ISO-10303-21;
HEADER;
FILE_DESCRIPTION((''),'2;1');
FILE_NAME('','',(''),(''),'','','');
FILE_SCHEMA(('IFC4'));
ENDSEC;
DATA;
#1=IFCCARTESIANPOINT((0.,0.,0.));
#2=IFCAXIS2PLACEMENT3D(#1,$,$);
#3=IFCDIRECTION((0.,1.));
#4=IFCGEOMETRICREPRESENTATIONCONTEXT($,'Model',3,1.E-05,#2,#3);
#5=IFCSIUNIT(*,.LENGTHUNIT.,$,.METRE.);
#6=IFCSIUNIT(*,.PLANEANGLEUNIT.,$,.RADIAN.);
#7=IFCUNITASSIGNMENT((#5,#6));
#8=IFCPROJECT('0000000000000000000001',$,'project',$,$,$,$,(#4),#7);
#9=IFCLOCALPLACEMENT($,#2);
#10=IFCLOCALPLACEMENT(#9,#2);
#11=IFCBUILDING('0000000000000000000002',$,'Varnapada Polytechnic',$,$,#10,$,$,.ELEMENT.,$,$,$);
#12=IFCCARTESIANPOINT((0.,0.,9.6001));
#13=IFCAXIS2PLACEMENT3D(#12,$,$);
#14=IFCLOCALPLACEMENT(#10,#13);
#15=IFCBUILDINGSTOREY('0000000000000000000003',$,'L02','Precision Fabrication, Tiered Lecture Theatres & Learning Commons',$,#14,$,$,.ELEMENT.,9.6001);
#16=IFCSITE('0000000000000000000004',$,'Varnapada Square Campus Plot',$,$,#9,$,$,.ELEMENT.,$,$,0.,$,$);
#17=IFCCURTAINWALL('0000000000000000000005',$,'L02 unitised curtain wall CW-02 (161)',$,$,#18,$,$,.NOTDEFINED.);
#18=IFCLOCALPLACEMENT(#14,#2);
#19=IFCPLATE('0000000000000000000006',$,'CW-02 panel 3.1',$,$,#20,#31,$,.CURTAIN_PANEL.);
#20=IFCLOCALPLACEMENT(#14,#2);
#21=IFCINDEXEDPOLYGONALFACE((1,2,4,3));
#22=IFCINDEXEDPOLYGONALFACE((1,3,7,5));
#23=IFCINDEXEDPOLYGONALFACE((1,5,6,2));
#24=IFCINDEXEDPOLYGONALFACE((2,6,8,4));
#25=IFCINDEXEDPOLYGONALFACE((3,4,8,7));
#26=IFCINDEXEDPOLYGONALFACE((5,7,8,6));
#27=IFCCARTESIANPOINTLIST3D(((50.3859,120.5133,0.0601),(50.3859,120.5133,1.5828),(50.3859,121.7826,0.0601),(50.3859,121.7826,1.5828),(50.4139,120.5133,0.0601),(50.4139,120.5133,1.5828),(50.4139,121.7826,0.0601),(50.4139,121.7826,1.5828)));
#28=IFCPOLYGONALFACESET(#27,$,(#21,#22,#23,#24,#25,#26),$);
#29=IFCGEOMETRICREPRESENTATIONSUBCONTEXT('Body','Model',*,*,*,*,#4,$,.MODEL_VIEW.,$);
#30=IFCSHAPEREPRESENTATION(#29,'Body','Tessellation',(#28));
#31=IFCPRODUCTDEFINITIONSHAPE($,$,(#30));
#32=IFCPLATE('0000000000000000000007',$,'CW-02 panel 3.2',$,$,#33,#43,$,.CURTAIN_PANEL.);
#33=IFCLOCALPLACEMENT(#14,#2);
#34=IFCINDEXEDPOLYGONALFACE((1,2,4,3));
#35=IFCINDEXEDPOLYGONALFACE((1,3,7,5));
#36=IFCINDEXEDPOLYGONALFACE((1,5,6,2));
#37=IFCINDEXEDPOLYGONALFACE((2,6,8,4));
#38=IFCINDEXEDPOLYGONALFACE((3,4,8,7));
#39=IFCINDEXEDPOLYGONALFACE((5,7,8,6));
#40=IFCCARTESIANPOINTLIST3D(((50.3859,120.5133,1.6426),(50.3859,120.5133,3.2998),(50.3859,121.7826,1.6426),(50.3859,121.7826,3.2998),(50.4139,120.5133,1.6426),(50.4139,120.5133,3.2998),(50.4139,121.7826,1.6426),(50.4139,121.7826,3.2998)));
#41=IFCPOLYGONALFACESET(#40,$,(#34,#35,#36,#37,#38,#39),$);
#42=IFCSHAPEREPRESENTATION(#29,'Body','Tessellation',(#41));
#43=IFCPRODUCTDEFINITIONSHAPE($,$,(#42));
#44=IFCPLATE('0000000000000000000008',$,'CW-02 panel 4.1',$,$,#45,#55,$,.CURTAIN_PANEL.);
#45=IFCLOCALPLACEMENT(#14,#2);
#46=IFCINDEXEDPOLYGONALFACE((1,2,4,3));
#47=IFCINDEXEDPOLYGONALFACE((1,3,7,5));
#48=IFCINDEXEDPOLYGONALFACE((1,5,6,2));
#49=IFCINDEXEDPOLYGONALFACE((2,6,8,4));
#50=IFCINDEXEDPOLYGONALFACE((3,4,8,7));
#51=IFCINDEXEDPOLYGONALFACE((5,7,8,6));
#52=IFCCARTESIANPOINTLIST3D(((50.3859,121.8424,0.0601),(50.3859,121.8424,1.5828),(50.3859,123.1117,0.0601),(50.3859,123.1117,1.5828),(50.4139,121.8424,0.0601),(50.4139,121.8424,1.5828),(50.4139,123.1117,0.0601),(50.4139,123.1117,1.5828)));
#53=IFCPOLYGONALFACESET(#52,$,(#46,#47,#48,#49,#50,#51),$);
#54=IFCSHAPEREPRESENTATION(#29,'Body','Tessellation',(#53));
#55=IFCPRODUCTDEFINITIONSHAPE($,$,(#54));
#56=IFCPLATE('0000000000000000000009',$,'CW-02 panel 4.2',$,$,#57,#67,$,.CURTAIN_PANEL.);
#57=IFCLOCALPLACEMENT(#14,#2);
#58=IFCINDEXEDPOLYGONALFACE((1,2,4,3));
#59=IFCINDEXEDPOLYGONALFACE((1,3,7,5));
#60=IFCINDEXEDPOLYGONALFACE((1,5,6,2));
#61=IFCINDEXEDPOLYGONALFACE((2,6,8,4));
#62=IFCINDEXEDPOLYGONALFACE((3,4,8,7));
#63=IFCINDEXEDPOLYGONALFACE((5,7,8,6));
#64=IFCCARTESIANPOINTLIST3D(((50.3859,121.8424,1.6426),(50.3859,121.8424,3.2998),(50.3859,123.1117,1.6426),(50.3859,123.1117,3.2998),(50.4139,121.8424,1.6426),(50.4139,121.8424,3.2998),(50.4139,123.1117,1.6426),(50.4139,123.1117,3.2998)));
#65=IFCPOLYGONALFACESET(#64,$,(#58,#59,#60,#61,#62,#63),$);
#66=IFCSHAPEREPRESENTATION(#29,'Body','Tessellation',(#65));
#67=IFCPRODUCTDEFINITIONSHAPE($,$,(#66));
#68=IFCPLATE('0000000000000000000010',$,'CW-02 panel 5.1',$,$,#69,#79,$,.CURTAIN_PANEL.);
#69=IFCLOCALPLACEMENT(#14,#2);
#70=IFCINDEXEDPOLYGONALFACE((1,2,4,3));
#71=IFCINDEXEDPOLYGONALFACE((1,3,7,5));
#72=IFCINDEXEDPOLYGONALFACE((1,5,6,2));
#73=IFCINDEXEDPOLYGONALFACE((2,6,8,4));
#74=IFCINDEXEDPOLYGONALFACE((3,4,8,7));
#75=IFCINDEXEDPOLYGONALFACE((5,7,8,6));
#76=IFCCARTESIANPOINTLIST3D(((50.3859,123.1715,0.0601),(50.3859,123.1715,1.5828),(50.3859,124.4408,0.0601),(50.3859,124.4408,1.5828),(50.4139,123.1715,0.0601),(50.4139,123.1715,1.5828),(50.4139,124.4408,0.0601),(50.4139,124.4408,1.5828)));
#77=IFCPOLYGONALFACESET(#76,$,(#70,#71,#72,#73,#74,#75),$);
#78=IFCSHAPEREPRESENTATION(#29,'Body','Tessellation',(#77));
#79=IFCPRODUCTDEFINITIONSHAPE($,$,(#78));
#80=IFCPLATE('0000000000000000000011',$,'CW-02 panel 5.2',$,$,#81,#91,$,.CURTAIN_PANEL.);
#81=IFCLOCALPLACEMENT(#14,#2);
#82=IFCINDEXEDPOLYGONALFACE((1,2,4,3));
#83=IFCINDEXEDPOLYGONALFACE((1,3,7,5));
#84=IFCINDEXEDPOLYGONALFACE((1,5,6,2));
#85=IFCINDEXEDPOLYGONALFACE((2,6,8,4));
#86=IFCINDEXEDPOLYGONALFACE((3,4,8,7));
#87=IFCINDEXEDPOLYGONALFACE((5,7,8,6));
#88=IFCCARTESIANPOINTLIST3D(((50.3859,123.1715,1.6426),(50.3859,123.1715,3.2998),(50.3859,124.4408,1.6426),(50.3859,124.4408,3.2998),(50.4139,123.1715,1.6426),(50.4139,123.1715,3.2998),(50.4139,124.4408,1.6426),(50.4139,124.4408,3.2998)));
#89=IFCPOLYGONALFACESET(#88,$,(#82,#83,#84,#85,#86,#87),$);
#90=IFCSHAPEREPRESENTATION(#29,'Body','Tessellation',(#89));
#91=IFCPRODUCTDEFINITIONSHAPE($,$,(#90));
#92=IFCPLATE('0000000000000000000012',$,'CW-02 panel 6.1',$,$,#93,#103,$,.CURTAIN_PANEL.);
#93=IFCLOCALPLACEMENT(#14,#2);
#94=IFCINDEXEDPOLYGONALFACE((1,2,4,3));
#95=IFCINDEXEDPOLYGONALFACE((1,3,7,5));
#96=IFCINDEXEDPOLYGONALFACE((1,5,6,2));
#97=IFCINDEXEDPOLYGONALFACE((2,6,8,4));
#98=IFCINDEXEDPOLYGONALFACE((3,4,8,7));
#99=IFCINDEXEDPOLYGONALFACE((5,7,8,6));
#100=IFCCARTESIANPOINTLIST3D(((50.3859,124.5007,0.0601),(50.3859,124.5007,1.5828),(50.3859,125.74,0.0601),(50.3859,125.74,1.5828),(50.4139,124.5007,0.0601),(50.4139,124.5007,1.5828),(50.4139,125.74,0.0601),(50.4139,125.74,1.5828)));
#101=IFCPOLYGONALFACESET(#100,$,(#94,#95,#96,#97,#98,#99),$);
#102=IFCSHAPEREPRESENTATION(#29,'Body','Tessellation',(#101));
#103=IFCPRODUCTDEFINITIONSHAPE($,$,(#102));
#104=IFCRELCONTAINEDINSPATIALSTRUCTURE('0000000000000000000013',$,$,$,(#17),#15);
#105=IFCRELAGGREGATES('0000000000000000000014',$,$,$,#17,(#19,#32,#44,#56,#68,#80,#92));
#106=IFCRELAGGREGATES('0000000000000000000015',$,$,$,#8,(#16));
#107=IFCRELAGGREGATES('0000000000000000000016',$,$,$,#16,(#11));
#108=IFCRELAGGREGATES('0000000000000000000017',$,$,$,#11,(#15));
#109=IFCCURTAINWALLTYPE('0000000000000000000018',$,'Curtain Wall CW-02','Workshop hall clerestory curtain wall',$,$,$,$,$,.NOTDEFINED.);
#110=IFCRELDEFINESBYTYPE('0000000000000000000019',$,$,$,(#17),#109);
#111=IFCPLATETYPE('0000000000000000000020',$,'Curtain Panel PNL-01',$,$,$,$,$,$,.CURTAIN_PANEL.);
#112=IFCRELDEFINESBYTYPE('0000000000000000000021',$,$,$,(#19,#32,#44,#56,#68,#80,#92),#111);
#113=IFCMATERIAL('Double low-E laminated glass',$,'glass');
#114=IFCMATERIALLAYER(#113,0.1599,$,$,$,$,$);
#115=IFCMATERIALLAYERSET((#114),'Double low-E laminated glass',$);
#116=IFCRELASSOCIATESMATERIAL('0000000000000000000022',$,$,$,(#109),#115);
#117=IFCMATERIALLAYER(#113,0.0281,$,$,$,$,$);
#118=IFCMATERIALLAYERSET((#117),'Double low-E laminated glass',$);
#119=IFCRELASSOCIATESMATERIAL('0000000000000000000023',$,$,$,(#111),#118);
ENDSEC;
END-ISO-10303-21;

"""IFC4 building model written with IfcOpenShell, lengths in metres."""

from ifc_helpers import new_model, si_unit, direction, frame, origin, origin_2d, place, context, subcontext, project, spatial, rectangle, extrude, material, layer, layer_set, type_object, element, aggregate, save


model = new_model("IFC4")

# Units and contexts
model_context = context("Model", 3, precision=1e-05, world=origin(), true_north=direction((0.0, 1.0)))
body_context = subcontext(model_context, "Body", "Model", "MODEL_VIEW")
ifc_project = project(units=[si_unit("LENGTHUNIT", "METRE"), si_unit("PLANEANGLEUNIT", "RADIAN")], contexts=[model_context])

# Site, building, storey
site_placement = place(None, origin())
site = spatial("IfcSite", under=ifc_project, at=site_placement, Name="Varnapada Square Campus Plot", CompositionType="ELEMENT", RefElevation=0.0)
building_placement = place(site_placement, origin())
building = spatial("IfcBuilding", under=site, at=building_placement, Name="Varnapada Polytechnic", CompositionType="ELEMENT")
storey_placement = place(building_placement, frame((0.0, 0.0, 9.6001)))
storey = spatial("IfcBuildingStorey", under=building, at=storey_placement, Name="L02", Description="Precision Fabrication, Tiered Lecture Theatres & Learning Commons", CompositionType="ELEMENT", Elevation=9.6001)

# Curtain wall, plates
ifc_material_1 = material(Name="Double low-E laminated glass", Category="glass")
ifc_layer_1 = layer(ifc_material_1, 0.1599)
ifc_layer_set_1 = layer_set([ifc_layer_1], Name="Double low-E laminated glass")
curtain_wall_type = type_object("IfcCurtainWallType", Name="Curtain Wall CW-02", Description="Workshop hall clerestory curtain wall", PredefinedType="NOTDEFINED", material=ifc_layer_set_1)
curtain_wall_placement = place(storey_placement, origin())
curtain_wall = element("IfcCurtainWall", 1, at=curtain_wall_placement, inside=storey, type_object=curtain_wall_type, Name="L02 unitised curtain wall CW-02 (161)", PredefinedType="NOTDEFINED")
ifc_layer_2 = layer(ifc_material_1, 0.0281)
ifc_layer_set_2 = layer_set([ifc_layer_2], Name="Double low-E laminated glass")
plate_type = type_object("IfcPlateType", Name="Curtain Panel PNL-01", PredefinedType="CURTAIN_PANEL", material=ifc_layer_set_2)
plate_1_placement = place(storey_placement, frame((50.3999, 121.1479, 0.0601), z_axis=(0.0, 0.0, 1.0), x_axis=(0.0, 1.0, 0.0)))
plate_1 = element("IfcPlate", 2, at=plate_1_placement, type_object=plate_type, Name="CW-02 panel 3.1", PredefinedType="CURTAIN_PANEL", context=body_context, shape_type="SweptSolid", body=[
    extrude(rectangle(XDim=1.2693, YDim=0.0281, at=origin_2d()), origin(), (0.0, 0.0, 1.0), 1.5227),
])
plate_2_placement = place(storey_placement, frame((50.3999, 121.1479, 1.6426), z_axis=(0.0, 0.0, 1.0), x_axis=(0.0, 1.0, 0.0)))
plate_2 = element("IfcPlate", 3, at=plate_2_placement, type_object=plate_type, Name="CW-02 panel 3.2", PredefinedType="CURTAIN_PANEL", context=body_context, shape_type="SweptSolid", body=[
    extrude(rectangle(XDim=1.2693, YDim=0.0281, at=origin_2d()), origin(), (0.0, 0.0, 1.0), 1.6572),
])
plate_3_placement = place(storey_placement, frame((50.3999, 122.4771, 0.0601), z_axis=(0.0, 0.0, 1.0), x_axis=(0.0, 1.0, 0.0)))
plate_3 = element("IfcPlate", 4, at=plate_3_placement, type_object=plate_type, Name="CW-02 panel 4.1", PredefinedType="CURTAIN_PANEL", context=body_context, shape_type="SweptSolid", body=[
    extrude(rectangle(XDim=1.2693, YDim=0.0281, at=origin_2d()), origin(), (0.0, 0.0, 1.0), 1.5227),
])
plate_4_placement = place(storey_placement, frame((50.3999, 122.4771, 1.6426), z_axis=(0.0, 0.0, 1.0), x_axis=(0.0, 1.0, 0.0)))
plate_4 = element("IfcPlate", 5, at=plate_4_placement, type_object=plate_type, Name="CW-02 panel 4.2", PredefinedType="CURTAIN_PANEL", context=body_context, shape_type="SweptSolid", body=[
    extrude(rectangle(XDim=1.2693, YDim=0.0281, at=origin_2d()), origin(), (0.0, 0.0, 1.0), 1.6572),
])
plate_5_placement = place(storey_placement, frame((50.3999, 123.8062, 0.0601), z_axis=(0.0, 0.0, 1.0), x_axis=(0.0, 1.0, 0.0)))
plate_5 = element("IfcPlate", 6, at=plate_5_placement, type_object=plate_type, Name="CW-02 panel 5.1", PredefinedType="CURTAIN_PANEL", context=body_context, shape_type="SweptSolid", body=[
    extrude(rectangle(XDim=1.2693, YDim=0.0281, at=origin_2d()), origin(), (0.0, 0.0, 1.0), 1.5227),
])
plate_6_placement = place(storey_placement, frame((50.3999, 123.8062, 1.6426), z_axis=(0.0, 0.0, 1.0), x_axis=(0.0, 1.0, 0.0)))
plate_6 = element("IfcPlate", 7, at=plate_6_placement, type_object=plate_type, Name="CW-02 panel 5.2", PredefinedType="CURTAIN_PANEL", context=body_context, shape_type="SweptSolid", body=[
    extrude(rectangle(XDim=1.2693, YDim=0.0281, at=origin_2d()), origin(), (0.0, 0.0, 1.0), 1.6572),
])
plate_7_placement = place(storey_placement, frame((50.3999, 125.1204, 0.0601), z_axis=(0.0, 0.0, 1.0), x_axis=(0.0, 1.0, 0.0)))
plate_7 = element("IfcPlate", 8, at=plate_7_placement, type_object=plate_type, Name="CW-02 panel 6.1", PredefinedType="CURTAIN_PANEL", context=body_context, shape_type="SweptSolid", body=[
    extrude(rectangle(XDim=1.2393, YDim=0.0281, at=origin_2d()), origin(), (0.0, 0.0, 1.0), 1.5227),
])
aggregate(curtain_wall, [plate_1, plate_2, plate_3, plate_4, plate_5, plate_6, plate_7])

save(model, "model.ifc")
